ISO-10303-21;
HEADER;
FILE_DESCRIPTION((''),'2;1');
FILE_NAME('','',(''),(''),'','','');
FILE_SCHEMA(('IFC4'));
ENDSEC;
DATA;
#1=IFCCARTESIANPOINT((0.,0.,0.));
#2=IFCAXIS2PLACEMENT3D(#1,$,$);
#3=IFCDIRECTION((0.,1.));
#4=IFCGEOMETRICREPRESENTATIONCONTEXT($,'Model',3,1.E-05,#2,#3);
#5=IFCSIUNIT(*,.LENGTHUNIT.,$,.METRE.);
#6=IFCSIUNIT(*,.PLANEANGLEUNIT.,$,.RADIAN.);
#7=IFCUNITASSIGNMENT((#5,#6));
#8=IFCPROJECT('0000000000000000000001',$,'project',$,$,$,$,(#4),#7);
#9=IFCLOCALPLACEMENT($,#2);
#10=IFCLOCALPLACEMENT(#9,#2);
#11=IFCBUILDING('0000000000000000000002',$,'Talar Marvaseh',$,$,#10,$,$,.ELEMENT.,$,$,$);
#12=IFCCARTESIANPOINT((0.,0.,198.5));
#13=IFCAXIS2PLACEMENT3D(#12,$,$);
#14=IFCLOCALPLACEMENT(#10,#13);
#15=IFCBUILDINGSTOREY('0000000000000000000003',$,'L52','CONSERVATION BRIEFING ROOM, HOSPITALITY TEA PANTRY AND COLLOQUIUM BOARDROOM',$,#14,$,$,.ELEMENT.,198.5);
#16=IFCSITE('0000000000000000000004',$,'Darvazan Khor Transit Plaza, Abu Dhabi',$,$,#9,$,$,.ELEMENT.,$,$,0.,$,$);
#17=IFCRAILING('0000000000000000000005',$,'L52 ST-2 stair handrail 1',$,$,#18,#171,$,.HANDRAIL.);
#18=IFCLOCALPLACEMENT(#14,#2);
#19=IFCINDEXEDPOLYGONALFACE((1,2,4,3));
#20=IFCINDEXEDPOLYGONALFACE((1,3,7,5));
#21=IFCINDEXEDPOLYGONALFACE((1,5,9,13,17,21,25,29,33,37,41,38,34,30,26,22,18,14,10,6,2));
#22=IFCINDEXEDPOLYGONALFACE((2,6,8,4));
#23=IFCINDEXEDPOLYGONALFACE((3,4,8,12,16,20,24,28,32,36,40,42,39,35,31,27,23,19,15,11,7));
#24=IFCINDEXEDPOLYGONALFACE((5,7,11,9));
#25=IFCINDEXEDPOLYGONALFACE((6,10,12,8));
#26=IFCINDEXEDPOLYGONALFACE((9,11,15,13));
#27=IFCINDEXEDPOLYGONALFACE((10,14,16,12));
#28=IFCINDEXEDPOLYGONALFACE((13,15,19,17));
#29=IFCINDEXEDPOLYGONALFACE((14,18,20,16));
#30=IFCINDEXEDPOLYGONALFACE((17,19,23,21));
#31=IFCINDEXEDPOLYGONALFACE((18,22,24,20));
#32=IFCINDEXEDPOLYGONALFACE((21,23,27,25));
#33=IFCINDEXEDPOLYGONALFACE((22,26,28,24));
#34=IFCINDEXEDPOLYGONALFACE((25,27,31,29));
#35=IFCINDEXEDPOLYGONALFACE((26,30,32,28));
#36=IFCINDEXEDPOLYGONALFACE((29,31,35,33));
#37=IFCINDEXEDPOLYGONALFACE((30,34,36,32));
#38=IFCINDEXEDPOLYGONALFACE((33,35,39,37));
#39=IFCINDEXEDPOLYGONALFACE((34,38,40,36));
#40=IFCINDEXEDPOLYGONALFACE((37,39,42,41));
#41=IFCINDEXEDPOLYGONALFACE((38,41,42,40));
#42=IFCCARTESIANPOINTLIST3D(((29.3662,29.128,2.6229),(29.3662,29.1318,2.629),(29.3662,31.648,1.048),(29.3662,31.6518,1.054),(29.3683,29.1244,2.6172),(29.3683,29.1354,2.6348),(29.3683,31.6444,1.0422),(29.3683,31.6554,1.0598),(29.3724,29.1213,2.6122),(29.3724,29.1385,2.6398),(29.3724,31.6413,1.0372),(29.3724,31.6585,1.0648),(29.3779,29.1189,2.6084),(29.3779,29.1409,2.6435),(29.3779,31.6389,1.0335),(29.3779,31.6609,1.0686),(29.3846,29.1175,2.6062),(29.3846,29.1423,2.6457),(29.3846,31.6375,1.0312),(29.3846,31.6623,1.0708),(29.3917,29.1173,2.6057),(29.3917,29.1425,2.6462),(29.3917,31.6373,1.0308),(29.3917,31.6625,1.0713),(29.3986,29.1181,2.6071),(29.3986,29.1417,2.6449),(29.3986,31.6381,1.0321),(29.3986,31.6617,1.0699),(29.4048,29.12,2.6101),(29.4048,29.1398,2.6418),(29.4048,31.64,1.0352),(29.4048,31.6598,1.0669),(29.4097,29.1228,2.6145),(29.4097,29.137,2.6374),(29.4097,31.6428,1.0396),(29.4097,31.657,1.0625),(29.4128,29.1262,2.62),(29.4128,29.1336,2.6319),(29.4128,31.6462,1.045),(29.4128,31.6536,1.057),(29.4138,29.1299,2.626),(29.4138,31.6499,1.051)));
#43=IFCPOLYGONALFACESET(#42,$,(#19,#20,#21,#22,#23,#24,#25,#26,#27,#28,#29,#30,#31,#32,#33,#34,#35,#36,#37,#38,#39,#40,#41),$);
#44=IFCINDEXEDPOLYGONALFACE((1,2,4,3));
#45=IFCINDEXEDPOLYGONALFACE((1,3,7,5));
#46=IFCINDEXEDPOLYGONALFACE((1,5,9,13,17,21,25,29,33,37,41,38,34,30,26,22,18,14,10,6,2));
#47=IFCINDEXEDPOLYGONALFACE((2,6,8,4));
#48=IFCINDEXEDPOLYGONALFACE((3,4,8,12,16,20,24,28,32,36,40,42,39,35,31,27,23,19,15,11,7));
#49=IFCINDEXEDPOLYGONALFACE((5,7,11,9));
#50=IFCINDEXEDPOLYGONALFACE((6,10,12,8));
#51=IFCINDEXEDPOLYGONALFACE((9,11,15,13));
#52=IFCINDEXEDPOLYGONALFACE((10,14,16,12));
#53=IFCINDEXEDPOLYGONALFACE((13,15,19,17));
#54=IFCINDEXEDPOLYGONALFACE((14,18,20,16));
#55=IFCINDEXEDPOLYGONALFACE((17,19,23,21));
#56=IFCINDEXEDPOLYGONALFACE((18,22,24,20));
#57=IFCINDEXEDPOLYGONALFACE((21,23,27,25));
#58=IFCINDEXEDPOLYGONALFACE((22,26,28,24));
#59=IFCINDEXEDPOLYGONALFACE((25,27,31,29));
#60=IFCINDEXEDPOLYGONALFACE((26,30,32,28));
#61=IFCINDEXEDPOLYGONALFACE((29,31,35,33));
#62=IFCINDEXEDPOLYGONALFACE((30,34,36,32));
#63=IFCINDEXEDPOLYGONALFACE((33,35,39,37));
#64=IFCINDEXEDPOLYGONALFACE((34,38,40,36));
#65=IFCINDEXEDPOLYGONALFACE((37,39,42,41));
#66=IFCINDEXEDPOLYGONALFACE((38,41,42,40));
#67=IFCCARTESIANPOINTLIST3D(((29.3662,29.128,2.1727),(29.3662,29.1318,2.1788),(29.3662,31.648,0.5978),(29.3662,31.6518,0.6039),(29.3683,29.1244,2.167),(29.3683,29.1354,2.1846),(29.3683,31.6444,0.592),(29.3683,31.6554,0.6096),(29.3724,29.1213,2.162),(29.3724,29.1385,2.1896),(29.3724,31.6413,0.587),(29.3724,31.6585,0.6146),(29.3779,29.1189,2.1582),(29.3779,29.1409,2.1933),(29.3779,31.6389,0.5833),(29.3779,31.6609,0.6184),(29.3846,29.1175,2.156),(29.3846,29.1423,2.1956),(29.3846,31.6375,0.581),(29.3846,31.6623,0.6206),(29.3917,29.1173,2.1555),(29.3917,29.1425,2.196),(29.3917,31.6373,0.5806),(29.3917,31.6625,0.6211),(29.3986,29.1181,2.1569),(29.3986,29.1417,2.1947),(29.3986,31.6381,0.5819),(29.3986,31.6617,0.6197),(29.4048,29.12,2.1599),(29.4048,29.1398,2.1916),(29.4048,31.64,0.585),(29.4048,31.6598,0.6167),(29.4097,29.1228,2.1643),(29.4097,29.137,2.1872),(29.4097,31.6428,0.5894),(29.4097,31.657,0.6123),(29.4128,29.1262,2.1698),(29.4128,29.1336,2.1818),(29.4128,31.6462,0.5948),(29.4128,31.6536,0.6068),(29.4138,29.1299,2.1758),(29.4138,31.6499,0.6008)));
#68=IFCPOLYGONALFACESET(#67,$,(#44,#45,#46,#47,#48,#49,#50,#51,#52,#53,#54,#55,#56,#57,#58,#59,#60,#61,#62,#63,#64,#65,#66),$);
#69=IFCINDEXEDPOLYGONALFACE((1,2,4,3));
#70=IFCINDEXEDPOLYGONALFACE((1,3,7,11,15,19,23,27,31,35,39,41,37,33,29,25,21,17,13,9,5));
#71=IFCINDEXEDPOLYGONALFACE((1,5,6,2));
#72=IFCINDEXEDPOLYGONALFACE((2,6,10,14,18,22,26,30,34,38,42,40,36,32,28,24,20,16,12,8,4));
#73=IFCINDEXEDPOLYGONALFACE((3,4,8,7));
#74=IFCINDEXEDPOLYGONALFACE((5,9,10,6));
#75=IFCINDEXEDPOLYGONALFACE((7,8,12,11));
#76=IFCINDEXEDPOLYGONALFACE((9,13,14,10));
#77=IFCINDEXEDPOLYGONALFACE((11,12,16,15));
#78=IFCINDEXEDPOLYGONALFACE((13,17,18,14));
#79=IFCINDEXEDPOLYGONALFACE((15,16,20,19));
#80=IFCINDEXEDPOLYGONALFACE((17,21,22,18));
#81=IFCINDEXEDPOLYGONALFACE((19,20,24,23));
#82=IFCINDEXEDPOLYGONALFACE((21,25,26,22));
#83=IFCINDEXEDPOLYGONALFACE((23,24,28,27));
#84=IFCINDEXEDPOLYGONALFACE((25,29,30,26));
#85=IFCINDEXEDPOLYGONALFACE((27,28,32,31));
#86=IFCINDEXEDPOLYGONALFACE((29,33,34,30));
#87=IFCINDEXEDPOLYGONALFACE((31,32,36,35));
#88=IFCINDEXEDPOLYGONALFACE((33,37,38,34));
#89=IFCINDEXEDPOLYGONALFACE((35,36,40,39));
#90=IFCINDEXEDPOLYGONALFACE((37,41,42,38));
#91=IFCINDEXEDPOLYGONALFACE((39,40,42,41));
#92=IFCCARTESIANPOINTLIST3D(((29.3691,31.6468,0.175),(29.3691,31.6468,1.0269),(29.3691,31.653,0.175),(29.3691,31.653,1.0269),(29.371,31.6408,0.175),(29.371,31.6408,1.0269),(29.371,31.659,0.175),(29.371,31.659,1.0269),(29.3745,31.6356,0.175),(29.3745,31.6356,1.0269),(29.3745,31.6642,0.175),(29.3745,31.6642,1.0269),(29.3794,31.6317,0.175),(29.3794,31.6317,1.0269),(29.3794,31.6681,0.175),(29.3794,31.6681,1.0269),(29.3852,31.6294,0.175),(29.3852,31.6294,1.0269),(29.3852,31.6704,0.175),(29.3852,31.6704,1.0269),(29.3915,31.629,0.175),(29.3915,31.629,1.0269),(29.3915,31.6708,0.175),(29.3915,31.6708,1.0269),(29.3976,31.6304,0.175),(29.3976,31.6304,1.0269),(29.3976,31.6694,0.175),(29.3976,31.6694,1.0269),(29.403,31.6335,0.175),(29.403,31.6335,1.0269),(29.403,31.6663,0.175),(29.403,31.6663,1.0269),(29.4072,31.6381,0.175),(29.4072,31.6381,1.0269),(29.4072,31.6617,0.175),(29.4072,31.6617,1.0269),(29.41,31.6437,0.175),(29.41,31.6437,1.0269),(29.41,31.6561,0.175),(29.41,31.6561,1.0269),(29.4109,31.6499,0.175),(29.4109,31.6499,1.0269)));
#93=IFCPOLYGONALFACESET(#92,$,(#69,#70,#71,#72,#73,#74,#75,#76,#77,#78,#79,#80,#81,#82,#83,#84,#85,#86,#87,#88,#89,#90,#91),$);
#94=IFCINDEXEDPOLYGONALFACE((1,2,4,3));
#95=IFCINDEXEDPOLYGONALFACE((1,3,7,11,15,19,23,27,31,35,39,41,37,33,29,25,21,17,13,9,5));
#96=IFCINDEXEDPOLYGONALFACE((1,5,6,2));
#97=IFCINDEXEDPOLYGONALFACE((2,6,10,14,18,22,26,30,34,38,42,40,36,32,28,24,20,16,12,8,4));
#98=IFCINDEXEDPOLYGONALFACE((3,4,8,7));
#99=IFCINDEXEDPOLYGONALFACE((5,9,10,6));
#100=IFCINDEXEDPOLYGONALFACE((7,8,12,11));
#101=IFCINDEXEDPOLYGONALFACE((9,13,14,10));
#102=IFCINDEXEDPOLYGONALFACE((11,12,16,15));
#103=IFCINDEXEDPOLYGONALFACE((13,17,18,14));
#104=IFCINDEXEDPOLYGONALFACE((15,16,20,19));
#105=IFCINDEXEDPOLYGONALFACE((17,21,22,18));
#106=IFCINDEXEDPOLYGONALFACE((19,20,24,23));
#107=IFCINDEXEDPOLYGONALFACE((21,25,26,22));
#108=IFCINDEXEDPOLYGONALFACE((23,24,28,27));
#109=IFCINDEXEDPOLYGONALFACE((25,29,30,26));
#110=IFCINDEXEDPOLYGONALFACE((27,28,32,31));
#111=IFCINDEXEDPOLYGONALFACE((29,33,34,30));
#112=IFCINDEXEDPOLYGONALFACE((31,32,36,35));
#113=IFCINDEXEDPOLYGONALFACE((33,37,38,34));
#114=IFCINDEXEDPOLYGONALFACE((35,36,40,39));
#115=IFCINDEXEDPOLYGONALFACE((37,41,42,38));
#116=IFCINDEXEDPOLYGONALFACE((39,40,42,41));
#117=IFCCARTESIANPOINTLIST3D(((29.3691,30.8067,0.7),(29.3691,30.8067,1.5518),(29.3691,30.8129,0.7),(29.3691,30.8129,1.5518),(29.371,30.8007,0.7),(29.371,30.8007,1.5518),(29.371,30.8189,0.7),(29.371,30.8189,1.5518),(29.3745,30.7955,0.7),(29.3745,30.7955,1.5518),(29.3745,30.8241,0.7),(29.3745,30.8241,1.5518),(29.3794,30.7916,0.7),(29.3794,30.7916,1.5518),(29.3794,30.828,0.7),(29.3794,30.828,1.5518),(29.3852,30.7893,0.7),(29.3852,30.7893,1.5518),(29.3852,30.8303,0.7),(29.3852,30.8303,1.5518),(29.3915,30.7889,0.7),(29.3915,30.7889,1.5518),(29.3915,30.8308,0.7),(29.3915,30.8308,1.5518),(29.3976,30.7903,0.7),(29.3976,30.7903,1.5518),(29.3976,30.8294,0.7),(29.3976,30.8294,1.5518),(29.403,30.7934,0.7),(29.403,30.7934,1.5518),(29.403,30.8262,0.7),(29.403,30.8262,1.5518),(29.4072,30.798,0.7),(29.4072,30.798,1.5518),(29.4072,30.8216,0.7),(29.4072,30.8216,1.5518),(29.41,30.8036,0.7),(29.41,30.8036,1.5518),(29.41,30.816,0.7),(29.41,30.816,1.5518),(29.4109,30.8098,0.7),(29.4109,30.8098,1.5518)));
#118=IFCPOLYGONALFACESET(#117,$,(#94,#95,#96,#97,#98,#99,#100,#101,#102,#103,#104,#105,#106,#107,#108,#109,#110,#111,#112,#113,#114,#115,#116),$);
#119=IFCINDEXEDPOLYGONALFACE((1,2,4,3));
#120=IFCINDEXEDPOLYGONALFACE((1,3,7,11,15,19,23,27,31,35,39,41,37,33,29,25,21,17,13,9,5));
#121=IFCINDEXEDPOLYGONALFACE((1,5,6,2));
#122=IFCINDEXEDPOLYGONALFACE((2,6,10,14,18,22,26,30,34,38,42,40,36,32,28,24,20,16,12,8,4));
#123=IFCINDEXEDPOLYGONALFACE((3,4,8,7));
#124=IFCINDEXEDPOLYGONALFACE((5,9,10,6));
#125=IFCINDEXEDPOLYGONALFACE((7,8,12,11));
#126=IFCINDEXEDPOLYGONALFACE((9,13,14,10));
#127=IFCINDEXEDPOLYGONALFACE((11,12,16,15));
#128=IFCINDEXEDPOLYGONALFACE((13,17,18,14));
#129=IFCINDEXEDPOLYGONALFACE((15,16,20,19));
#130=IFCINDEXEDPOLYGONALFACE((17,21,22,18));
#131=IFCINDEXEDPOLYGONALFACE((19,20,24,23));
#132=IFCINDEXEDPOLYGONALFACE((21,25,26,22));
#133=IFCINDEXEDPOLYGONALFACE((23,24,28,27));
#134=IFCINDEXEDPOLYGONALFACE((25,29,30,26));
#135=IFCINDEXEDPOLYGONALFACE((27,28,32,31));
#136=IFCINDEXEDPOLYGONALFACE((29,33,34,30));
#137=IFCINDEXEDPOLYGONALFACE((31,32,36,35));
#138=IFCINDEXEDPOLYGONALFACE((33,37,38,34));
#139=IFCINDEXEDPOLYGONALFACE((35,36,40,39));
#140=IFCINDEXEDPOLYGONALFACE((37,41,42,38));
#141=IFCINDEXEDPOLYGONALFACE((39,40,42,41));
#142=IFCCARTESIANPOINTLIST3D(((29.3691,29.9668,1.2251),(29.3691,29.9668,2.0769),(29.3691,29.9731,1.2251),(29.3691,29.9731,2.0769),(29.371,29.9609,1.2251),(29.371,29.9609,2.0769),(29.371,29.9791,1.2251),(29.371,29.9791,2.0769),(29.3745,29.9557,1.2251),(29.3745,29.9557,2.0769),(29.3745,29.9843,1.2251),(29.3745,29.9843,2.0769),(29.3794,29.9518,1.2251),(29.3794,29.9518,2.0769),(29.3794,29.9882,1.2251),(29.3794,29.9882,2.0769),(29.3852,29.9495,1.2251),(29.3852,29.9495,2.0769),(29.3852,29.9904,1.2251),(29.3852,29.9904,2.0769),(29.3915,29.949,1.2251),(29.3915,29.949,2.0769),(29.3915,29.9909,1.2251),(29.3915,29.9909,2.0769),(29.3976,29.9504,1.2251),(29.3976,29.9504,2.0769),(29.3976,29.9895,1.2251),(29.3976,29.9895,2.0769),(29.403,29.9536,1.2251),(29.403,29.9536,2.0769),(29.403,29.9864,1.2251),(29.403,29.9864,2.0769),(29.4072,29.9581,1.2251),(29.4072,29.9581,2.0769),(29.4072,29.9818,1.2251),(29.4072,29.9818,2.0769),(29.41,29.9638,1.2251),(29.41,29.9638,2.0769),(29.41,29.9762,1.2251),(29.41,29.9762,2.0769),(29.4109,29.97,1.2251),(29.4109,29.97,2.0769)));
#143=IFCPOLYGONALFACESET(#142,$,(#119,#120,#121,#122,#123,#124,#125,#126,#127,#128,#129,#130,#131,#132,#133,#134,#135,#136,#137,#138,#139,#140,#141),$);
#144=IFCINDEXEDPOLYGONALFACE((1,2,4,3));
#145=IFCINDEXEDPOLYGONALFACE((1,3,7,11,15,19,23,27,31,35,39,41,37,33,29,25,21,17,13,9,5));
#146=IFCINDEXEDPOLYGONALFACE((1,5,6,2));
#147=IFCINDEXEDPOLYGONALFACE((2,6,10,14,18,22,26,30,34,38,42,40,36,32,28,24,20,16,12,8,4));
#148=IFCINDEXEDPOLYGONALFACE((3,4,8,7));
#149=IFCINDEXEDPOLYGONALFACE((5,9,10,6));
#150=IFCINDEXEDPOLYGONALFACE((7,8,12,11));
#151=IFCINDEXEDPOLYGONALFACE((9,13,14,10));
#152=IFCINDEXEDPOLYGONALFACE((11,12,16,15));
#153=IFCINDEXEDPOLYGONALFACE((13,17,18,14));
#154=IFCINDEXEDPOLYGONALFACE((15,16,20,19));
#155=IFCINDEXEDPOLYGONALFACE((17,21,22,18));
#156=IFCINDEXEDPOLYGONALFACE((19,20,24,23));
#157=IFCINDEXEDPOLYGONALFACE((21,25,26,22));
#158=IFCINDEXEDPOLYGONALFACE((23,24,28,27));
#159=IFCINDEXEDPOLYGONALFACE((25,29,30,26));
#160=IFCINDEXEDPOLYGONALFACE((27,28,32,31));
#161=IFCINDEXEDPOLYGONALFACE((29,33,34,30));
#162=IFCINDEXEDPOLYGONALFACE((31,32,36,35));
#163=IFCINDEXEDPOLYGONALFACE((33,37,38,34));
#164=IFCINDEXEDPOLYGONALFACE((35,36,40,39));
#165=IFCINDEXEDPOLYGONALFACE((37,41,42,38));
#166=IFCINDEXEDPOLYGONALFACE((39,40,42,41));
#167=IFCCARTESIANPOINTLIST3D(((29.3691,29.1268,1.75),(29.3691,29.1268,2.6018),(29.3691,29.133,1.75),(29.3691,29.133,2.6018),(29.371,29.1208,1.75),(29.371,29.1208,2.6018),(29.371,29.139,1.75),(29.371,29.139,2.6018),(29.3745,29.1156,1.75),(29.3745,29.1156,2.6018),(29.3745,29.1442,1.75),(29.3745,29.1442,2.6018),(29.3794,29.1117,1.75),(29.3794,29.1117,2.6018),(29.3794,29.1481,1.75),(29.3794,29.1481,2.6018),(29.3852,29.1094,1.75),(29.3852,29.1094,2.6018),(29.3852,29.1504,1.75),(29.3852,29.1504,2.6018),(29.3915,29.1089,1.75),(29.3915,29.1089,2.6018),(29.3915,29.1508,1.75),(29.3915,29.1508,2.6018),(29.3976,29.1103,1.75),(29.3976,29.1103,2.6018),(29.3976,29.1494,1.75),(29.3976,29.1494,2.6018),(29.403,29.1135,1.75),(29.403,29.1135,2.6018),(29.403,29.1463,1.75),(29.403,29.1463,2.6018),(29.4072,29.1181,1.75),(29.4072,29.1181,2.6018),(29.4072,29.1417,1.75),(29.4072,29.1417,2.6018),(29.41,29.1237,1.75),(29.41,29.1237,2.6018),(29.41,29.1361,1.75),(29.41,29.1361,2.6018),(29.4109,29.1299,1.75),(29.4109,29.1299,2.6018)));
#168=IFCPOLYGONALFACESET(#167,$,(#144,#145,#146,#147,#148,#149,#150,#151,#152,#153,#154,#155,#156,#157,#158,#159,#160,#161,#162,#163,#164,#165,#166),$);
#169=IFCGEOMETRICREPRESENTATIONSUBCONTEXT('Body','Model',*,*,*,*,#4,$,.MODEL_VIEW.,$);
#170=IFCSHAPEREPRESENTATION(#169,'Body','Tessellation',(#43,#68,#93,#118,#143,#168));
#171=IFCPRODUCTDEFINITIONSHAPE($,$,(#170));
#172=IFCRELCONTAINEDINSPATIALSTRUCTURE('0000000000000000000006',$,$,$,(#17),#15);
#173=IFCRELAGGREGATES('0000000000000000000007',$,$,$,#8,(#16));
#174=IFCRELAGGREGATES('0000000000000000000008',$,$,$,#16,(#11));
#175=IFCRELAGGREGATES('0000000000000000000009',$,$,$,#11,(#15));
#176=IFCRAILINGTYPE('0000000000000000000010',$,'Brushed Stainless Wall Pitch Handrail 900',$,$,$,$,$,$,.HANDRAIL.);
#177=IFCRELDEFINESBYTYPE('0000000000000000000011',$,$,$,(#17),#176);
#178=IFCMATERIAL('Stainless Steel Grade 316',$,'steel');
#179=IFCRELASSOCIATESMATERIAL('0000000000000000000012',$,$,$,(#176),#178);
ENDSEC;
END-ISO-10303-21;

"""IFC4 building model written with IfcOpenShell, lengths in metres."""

from ifc_helpers import new_model, si_unit, direction, frame, origin, origin_2d, place, context, subcontext, project, spatial, circle, extrude, material, type_object, element, save


model = new_model("IFC4")

# Units and contexts
model_context = context("Model", 3, precision=1e-05, world=origin(), true_north=direction((0.0, 1.0)))
body_context = subcontext(model_context, "Body", "Model", "MODEL_VIEW")
ifc_project = project(units=[si_unit("LENGTHUNIT", "METRE"), si_unit("PLANEANGLEUNIT", "RADIAN")], contexts=[model_context])

# Site, building, storey
site_placement = place(None, origin())
site = spatial("IfcSite", under=ifc_project, at=site_placement, Name="Darvazan Khor Transit Plaza, Abu Dhabi", CompositionType="ELEMENT", RefElevation=0.0)
building_placement = place(site_placement, origin())
building = spatial("IfcBuilding", under=site, at=building_placement, Name="Talar Marvaseh", CompositionType="ELEMENT")
storey_placement = place(building_placement, frame((0.0, 0.0, 198.5)))
storey = spatial("IfcBuildingStorey", under=building, at=storey_placement, Name="L52", Description="CONSERVATION BRIEFING ROOM, HOSPITALITY TEA PANTRY AND COLLOQUIUM BOARDROOM", CompositionType="ELEMENT", Elevation=198.5)

# Shared definitions
ifc_material_1 = material(Name="Stainless Steel Grade 316", Category="steel")

# Railing
railing_type_1 = type_object("IfcRailingType", Name="Brushed Stainless Wall Pitch Handrail 900", PredefinedType="HANDRAIL", material=ifc_material_1)
railing_1_placement = place(storey_placement, frame((29.3899, 31.6499, 0.175)))
element("IfcRailing", 1, at=railing_1_placement, inside=storey, type_object=railing_type_1, Name="L52 ST-2 stair handrail 1", PredefinedType="HANDRAIL", context=body_context, shape_type="SweptSolid", body=[
    extrude(circle(Radius=0.0239, at=origin_2d()), frame((0.0, 0.0, 0.876), z_axis=(0.0, -0.848008, 0.529984), x_axis=(1.0, 0.0, 0.0)), (0.0, 0.0, 1.0), 2.9717),
    extrude(circle(Radius=0.0239, at=origin_2d()), frame((0.0, 0.0, 0.4258), z_axis=(0.0, -0.848008, 0.529984), x_axis=(1.0, 0.0, 0.0)), (0.0, 0.0, 1.0), 2.9717),
    extrude(circle(Radius=0.021, at=origin_2d()), origin(), (0.0, 0.0, 1.0), 0.8518),
    extrude(circle(Radius=0.021, at=origin_2d()), frame((0.0, -0.8401, 0.5249)), (0.0, 0.0, 1.0), 0.8518),
    extrude(circle(Radius=0.021, at=origin_2d()), frame((0.0, -1.6799, 1.05)), (0.0, 0.0, 1.0), 0.8518),
    extrude(circle(Radius=0.021, at=origin_2d()), frame((0.0, -2.52, 1.575)), (0.0, 0.0, 1.0), 0.8518),
])

save(model, "model.ifc")
